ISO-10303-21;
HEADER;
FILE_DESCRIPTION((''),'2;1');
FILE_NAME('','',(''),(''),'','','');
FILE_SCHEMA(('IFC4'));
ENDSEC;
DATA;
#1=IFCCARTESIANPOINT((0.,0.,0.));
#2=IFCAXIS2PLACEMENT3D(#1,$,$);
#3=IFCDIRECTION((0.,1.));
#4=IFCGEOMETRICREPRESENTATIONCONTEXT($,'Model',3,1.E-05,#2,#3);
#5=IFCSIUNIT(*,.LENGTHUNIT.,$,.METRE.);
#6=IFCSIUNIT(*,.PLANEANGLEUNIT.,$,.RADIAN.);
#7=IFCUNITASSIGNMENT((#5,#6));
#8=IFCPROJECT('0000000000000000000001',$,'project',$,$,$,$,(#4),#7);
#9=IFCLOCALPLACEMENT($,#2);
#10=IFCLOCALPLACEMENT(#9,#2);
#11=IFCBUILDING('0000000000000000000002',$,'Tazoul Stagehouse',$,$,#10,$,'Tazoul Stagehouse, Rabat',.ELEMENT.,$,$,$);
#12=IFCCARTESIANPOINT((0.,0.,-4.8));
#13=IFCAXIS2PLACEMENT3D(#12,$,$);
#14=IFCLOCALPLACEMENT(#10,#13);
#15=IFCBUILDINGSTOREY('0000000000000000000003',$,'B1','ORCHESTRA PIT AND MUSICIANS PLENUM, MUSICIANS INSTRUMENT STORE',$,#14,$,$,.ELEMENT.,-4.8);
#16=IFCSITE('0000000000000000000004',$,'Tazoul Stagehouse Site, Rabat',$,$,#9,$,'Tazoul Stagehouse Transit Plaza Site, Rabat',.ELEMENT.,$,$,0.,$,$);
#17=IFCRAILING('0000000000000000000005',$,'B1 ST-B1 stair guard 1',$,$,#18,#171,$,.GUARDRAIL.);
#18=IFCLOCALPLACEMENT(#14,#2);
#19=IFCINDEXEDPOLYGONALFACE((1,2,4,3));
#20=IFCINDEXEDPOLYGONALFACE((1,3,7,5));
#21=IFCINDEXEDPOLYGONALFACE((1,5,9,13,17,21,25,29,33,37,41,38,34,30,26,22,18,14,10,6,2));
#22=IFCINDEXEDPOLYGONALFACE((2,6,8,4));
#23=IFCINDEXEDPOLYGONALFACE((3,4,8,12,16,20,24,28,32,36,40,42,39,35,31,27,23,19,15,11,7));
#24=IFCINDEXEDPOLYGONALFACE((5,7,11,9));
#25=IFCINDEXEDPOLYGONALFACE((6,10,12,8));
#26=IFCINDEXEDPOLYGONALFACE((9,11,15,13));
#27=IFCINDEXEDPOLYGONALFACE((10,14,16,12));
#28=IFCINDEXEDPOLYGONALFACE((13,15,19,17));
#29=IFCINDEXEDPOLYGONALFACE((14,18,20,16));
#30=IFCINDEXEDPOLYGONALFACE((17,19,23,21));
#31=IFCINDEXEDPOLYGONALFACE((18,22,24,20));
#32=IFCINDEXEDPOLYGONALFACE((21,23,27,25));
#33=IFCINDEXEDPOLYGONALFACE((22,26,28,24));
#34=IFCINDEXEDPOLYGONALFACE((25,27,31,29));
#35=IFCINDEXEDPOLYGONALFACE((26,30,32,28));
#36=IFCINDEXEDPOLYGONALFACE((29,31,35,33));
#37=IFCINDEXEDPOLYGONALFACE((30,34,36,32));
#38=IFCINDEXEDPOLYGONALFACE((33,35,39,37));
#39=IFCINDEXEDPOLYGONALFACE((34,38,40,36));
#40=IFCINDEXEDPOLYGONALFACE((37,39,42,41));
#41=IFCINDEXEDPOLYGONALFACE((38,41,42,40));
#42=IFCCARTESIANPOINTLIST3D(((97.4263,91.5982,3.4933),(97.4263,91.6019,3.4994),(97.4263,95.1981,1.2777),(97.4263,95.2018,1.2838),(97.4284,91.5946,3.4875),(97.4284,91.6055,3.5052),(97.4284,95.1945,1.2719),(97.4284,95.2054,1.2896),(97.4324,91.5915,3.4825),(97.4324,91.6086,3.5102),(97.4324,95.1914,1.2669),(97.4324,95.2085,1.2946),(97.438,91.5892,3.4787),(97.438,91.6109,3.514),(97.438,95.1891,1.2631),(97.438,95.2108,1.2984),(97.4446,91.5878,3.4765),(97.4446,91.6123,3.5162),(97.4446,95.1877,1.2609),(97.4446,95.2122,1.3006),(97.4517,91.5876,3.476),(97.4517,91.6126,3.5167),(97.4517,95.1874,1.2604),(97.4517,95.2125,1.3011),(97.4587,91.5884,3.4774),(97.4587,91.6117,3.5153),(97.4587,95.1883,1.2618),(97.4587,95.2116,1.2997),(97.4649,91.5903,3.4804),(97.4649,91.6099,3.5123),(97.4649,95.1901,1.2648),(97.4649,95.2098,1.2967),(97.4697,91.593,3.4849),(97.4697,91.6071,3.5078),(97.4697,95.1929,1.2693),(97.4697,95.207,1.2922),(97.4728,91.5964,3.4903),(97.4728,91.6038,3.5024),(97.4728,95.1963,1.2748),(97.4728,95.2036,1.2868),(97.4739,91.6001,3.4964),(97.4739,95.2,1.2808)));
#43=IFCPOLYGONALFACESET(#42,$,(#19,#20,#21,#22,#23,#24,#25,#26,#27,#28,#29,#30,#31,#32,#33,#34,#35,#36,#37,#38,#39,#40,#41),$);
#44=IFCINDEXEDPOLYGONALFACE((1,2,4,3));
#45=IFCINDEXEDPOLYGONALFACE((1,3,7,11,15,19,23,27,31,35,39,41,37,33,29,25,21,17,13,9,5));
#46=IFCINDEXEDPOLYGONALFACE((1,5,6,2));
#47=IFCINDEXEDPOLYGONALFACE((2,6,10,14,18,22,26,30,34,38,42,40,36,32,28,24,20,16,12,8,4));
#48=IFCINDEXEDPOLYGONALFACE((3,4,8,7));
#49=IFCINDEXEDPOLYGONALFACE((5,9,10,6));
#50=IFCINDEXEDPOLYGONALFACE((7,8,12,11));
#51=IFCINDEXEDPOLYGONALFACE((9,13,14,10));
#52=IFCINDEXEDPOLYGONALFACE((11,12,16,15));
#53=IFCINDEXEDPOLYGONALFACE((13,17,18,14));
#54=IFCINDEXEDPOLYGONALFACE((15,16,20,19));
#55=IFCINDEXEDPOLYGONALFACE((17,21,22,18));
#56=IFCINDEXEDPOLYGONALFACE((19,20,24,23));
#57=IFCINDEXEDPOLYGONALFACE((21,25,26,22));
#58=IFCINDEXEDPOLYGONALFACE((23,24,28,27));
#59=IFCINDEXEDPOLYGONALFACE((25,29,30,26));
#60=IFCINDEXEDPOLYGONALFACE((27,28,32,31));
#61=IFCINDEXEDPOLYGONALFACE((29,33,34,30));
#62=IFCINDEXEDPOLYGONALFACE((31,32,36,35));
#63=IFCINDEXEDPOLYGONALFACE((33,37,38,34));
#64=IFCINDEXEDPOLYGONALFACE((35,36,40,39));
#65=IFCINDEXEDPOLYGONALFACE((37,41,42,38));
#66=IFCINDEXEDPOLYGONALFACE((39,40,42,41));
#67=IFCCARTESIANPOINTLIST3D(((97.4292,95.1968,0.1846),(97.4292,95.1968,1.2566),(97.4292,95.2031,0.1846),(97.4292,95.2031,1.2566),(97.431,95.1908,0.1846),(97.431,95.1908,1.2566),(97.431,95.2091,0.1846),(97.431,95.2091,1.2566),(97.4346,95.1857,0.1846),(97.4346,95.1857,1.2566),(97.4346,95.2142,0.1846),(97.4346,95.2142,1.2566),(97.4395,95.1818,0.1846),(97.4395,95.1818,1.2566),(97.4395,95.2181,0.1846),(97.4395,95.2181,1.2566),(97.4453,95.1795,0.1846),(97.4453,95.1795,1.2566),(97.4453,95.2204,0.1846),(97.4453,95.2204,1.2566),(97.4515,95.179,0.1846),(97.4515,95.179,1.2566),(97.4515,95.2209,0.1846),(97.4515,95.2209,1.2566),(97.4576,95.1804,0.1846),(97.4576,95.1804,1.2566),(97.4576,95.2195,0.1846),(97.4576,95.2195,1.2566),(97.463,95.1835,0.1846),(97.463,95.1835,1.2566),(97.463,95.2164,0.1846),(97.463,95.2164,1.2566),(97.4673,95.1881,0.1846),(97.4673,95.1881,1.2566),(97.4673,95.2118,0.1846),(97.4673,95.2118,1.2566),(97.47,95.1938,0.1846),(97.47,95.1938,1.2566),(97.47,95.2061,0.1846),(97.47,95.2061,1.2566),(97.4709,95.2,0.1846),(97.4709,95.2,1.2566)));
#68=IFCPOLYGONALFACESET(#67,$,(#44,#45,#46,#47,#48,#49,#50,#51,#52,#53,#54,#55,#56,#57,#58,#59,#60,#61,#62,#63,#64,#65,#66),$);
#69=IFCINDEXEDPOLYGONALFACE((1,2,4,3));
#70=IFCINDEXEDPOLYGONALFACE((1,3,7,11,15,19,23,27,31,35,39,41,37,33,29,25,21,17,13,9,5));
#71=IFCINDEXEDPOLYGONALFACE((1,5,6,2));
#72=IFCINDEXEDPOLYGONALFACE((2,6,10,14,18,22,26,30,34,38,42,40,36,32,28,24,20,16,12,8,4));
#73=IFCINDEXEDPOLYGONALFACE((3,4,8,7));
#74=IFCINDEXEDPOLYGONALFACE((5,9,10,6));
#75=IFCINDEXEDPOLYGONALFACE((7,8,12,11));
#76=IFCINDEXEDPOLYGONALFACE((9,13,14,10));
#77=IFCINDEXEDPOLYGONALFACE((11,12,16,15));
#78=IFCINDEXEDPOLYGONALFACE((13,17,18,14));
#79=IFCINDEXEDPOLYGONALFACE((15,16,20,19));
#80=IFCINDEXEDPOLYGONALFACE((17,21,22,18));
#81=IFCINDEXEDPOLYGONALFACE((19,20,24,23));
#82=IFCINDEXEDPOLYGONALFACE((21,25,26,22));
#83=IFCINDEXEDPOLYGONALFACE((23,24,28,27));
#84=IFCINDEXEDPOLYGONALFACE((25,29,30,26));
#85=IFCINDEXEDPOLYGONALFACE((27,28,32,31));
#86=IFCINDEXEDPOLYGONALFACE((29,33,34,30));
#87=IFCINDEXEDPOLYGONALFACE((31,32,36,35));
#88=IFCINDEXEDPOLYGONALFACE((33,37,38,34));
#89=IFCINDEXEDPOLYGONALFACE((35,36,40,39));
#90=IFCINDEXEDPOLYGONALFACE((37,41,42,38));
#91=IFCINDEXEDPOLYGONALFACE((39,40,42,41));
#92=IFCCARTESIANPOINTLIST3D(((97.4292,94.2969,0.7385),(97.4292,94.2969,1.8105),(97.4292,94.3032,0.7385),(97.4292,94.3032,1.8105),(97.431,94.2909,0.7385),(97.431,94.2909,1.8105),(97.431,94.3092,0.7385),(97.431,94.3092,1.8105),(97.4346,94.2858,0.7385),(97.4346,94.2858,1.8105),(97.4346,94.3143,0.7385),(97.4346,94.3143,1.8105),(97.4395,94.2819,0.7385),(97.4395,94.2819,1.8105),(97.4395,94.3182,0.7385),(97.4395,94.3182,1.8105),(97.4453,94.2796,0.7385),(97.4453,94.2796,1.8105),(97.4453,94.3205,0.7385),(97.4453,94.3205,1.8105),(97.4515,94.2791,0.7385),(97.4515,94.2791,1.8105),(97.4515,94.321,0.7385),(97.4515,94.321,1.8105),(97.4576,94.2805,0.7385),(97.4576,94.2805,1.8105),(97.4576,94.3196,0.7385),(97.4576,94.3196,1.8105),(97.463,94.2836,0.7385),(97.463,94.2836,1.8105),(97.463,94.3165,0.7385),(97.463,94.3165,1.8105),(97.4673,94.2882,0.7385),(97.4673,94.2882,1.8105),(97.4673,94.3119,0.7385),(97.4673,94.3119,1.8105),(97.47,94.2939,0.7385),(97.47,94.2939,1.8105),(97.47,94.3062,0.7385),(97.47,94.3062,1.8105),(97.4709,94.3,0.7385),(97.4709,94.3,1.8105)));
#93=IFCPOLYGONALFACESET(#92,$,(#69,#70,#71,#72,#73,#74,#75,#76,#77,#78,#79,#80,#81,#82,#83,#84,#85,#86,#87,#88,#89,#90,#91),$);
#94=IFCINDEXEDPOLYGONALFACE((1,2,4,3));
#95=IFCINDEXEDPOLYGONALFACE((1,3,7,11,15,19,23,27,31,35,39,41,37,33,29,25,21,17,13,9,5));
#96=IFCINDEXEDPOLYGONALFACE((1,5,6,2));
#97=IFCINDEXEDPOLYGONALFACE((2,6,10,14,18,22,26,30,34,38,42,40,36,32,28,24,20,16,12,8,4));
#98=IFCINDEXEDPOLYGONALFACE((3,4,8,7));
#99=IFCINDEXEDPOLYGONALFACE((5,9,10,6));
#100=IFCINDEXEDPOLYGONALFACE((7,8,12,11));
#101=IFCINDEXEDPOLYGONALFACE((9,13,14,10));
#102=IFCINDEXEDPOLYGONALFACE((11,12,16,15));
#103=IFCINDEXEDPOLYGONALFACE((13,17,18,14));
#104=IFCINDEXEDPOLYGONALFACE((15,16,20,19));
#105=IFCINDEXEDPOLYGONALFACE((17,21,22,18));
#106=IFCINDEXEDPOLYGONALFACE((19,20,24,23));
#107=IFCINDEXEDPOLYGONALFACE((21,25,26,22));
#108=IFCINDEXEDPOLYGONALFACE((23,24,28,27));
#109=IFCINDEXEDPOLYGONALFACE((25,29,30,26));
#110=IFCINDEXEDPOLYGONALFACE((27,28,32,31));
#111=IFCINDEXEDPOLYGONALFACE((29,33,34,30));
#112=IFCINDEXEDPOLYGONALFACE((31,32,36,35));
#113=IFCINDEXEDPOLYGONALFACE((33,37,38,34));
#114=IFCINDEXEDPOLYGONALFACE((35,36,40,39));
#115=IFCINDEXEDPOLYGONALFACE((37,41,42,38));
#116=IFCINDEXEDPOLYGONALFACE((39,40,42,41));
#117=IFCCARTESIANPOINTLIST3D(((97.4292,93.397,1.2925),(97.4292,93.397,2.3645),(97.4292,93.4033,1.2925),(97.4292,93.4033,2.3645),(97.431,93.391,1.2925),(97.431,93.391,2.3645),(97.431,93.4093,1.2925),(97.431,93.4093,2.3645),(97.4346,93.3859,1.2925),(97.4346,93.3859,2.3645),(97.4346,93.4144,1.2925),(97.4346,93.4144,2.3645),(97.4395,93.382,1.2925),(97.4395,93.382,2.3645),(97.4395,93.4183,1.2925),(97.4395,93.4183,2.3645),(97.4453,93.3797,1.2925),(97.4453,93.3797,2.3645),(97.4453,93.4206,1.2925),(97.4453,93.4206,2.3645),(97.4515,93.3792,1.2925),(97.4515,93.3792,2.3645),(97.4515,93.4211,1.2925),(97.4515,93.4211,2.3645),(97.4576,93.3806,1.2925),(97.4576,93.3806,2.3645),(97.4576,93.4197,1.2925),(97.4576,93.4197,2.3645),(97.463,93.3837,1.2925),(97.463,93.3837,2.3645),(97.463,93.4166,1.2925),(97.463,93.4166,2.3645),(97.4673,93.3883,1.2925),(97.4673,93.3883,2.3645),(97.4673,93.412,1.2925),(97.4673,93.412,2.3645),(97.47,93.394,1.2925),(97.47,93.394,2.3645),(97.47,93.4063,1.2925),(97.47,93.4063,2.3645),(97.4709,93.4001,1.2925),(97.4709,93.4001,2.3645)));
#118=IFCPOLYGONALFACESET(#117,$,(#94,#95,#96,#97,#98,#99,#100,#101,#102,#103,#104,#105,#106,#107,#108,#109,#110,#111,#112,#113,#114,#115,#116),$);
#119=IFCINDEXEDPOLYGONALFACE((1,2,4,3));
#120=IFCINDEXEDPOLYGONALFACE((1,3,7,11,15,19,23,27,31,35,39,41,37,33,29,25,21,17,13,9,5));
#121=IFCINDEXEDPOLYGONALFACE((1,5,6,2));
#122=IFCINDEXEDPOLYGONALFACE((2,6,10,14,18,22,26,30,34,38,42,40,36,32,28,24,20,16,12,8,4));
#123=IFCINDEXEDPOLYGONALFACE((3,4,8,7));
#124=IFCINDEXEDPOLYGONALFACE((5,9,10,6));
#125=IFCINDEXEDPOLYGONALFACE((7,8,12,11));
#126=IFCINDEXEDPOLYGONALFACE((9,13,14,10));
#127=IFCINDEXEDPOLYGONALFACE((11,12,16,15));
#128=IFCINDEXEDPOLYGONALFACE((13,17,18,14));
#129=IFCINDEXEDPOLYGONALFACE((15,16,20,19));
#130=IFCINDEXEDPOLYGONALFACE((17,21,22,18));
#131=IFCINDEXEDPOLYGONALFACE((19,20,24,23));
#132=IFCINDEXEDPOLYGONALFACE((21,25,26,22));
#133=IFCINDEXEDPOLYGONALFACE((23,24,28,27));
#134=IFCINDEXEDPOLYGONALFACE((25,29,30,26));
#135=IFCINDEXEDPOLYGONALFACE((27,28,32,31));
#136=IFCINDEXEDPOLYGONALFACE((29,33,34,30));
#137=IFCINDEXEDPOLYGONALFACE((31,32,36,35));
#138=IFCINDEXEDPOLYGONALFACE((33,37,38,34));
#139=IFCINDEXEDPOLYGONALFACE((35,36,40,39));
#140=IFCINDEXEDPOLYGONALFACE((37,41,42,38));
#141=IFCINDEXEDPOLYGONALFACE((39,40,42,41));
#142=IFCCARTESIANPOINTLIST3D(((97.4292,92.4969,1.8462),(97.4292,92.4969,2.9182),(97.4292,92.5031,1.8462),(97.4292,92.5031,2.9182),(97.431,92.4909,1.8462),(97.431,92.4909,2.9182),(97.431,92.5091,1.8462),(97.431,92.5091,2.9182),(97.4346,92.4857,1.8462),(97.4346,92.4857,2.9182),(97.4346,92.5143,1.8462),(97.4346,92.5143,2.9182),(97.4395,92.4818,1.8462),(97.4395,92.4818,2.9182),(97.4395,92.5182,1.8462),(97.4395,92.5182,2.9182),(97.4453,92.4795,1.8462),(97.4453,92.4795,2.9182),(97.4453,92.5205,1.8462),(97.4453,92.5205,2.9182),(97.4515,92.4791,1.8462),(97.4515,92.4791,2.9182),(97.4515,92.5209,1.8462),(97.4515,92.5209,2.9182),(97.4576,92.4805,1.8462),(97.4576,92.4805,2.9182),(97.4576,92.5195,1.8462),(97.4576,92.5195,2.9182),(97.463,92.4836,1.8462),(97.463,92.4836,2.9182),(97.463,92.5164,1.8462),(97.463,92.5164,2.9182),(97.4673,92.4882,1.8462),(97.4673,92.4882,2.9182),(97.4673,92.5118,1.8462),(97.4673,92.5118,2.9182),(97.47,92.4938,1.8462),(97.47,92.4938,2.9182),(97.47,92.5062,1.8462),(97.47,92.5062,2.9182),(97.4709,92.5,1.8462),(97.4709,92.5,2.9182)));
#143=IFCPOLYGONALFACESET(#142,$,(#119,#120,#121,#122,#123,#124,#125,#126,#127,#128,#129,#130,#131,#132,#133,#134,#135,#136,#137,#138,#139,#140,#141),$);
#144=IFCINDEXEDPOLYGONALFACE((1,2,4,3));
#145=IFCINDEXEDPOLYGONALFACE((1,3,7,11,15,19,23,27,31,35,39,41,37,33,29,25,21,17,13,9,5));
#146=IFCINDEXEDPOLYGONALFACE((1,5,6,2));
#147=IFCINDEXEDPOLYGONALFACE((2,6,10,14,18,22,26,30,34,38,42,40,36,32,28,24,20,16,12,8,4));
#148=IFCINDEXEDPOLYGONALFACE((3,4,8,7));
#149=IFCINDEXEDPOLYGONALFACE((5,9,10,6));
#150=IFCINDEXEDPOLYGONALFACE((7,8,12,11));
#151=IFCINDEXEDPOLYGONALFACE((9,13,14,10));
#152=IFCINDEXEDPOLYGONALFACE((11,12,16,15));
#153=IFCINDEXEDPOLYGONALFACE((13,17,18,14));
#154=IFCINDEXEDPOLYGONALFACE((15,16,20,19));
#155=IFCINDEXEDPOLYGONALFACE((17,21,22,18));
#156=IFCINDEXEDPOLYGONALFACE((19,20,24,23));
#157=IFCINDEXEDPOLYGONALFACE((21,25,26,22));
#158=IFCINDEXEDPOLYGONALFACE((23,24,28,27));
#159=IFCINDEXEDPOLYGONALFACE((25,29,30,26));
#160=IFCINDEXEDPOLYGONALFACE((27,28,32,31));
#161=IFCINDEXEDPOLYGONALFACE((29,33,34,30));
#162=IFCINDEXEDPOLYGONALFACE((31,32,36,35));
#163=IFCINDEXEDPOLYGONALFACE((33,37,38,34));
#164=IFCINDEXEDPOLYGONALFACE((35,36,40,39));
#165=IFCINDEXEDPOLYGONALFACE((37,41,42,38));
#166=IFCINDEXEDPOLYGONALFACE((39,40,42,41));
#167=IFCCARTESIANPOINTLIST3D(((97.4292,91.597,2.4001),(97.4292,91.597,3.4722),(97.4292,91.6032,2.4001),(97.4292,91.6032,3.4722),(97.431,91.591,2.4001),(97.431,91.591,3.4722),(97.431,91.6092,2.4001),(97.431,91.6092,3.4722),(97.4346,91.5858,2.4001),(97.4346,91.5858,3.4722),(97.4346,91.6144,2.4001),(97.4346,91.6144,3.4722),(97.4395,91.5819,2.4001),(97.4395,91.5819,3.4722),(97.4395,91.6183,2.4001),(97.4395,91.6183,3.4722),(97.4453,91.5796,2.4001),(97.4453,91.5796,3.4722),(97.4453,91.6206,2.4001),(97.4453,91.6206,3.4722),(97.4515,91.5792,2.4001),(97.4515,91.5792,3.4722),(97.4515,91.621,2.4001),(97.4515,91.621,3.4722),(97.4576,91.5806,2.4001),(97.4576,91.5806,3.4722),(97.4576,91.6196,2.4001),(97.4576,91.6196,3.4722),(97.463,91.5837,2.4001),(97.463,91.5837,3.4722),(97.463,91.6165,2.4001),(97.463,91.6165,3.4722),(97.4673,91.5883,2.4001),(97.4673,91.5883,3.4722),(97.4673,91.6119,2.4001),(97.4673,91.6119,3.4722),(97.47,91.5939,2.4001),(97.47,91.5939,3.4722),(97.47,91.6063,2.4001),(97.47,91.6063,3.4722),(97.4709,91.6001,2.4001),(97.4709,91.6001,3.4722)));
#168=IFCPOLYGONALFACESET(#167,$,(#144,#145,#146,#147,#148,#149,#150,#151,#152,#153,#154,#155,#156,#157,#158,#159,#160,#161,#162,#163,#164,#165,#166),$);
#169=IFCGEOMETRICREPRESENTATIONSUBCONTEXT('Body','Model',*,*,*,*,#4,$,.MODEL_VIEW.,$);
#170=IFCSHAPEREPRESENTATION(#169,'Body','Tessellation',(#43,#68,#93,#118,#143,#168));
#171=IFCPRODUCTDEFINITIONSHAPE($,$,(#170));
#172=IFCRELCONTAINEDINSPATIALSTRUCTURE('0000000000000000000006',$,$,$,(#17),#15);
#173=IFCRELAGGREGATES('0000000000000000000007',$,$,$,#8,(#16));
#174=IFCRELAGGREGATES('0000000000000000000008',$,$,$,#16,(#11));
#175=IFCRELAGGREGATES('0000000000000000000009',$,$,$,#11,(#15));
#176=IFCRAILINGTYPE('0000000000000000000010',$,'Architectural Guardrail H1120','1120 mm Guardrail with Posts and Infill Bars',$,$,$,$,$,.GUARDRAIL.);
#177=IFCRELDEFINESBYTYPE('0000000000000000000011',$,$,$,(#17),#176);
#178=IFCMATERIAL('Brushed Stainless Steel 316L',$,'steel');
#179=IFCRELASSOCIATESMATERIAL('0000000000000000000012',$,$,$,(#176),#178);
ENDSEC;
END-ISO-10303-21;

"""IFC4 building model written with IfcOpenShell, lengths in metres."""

from ifc_helpers import new_model, si_unit, direction, frame, origin, origin_2d, place, context, subcontext, project, spatial, circle, extrude, material, material_profile, profile_set, type_object, element, save


model = new_model("IFC4")

# Units and contexts
model_context = context("Model", 3, precision=1e-05, world=origin(), true_north=direction((0.0, 1.0)))
body_context = subcontext(model_context, "Body", "Model", "MODEL_VIEW")
ifc_project = project(units=[si_unit("LENGTHUNIT", "METRE"), si_unit("PLANEANGLEUNIT", "RADIAN")], contexts=[model_context])

# Site, building, storey
site_placement = place(None, origin())
site = spatial("IfcSite", under=ifc_project, at=site_placement, Name="Tazoul Stagehouse Site, Rabat", LongName="Tazoul Stagehouse Transit Plaza Site, Rabat", CompositionType="ELEMENT", RefElevation=0.0)
building_placement = place(site_placement, origin())
building = spatial("IfcBuilding", under=site, at=building_placement, Name="Tazoul Stagehouse", LongName="Tazoul Stagehouse, Rabat", CompositionType="ELEMENT")
storey_placement = place(building_placement, frame((0.0, 0.0, -4.8)))
storey = spatial("IfcBuildingStorey", under=building, at=storey_placement, Name="B1", Description="ORCHESTRA PIT AND MUSICIANS PLENUM, MUSICIANS INSTRUMENT STORE", CompositionType="ELEMENT", Elevation=-4.8)

# Railing
ifc_material_1 = material(Name="Brushed Stainless Steel 316L", Category="steel")
ifc_material_profile_1 = material_profile(ifc_material_1, circle(Radius=0.0239, at=origin_2d()), Name="SS RAIL D48")
ifc_profile_set_1 = profile_set([ifc_material_profile_1], Name="Brushed Stainless Steel 316L")
railing_type_1 = type_object("IfcRailingType", Name="Architectural Guardrail H1120", Description="1120 mm Guardrail with Posts and Infill Bars", PredefinedType="GUARDRAIL", material=ifc_profile_set_1)
railing_1_placement = place(storey_placement, frame((97.45, 95.2, 0.1846)))
element("IfcRailing", 1, at=railing_1_placement, inside=storey, type_object=railing_type_1, Name="B1 ST-B1 stair guard 1", PredefinedType="GUARDRAIL", context=body_context, shape_type="SweptSolid", body=[
    extrude(circle(Radius=0.0239, at=origin_2d()), frame((0.0, 0.0, 1.0962), z_axis=(0.0, -0.851629, 0.524146), x_axis=(1.0, 0.0, 0.0)), (0.0, 0.0, 1.0), 4.2271),
    extrude(circle(Radius=0.021, at=origin_2d()), origin(), (0.0, 0.0, 1.0), 1.072),
    extrude(circle(Radius=0.021, at=origin_2d()), frame((0.0, -0.8999, 0.554)), (0.0, 0.0, 1.0), 1.072),
    extrude(circle(Radius=0.021, at=origin_2d()), frame((0.0, -1.7998, 1.1079)), (0.0, 0.0, 1.0), 1.072),
    extrude(circle(Radius=0.021, at=origin_2d()), frame((0.0, -2.7, 1.6616)), (0.0, 0.0, 1.0), 1.072),
    extrude(circle(Radius=0.021, at=origin_2d()), frame((0.0, -3.5999, 2.2156)), (0.0, 0.0, 1.0), 1.072),
])

save(model, "model.ifc")
